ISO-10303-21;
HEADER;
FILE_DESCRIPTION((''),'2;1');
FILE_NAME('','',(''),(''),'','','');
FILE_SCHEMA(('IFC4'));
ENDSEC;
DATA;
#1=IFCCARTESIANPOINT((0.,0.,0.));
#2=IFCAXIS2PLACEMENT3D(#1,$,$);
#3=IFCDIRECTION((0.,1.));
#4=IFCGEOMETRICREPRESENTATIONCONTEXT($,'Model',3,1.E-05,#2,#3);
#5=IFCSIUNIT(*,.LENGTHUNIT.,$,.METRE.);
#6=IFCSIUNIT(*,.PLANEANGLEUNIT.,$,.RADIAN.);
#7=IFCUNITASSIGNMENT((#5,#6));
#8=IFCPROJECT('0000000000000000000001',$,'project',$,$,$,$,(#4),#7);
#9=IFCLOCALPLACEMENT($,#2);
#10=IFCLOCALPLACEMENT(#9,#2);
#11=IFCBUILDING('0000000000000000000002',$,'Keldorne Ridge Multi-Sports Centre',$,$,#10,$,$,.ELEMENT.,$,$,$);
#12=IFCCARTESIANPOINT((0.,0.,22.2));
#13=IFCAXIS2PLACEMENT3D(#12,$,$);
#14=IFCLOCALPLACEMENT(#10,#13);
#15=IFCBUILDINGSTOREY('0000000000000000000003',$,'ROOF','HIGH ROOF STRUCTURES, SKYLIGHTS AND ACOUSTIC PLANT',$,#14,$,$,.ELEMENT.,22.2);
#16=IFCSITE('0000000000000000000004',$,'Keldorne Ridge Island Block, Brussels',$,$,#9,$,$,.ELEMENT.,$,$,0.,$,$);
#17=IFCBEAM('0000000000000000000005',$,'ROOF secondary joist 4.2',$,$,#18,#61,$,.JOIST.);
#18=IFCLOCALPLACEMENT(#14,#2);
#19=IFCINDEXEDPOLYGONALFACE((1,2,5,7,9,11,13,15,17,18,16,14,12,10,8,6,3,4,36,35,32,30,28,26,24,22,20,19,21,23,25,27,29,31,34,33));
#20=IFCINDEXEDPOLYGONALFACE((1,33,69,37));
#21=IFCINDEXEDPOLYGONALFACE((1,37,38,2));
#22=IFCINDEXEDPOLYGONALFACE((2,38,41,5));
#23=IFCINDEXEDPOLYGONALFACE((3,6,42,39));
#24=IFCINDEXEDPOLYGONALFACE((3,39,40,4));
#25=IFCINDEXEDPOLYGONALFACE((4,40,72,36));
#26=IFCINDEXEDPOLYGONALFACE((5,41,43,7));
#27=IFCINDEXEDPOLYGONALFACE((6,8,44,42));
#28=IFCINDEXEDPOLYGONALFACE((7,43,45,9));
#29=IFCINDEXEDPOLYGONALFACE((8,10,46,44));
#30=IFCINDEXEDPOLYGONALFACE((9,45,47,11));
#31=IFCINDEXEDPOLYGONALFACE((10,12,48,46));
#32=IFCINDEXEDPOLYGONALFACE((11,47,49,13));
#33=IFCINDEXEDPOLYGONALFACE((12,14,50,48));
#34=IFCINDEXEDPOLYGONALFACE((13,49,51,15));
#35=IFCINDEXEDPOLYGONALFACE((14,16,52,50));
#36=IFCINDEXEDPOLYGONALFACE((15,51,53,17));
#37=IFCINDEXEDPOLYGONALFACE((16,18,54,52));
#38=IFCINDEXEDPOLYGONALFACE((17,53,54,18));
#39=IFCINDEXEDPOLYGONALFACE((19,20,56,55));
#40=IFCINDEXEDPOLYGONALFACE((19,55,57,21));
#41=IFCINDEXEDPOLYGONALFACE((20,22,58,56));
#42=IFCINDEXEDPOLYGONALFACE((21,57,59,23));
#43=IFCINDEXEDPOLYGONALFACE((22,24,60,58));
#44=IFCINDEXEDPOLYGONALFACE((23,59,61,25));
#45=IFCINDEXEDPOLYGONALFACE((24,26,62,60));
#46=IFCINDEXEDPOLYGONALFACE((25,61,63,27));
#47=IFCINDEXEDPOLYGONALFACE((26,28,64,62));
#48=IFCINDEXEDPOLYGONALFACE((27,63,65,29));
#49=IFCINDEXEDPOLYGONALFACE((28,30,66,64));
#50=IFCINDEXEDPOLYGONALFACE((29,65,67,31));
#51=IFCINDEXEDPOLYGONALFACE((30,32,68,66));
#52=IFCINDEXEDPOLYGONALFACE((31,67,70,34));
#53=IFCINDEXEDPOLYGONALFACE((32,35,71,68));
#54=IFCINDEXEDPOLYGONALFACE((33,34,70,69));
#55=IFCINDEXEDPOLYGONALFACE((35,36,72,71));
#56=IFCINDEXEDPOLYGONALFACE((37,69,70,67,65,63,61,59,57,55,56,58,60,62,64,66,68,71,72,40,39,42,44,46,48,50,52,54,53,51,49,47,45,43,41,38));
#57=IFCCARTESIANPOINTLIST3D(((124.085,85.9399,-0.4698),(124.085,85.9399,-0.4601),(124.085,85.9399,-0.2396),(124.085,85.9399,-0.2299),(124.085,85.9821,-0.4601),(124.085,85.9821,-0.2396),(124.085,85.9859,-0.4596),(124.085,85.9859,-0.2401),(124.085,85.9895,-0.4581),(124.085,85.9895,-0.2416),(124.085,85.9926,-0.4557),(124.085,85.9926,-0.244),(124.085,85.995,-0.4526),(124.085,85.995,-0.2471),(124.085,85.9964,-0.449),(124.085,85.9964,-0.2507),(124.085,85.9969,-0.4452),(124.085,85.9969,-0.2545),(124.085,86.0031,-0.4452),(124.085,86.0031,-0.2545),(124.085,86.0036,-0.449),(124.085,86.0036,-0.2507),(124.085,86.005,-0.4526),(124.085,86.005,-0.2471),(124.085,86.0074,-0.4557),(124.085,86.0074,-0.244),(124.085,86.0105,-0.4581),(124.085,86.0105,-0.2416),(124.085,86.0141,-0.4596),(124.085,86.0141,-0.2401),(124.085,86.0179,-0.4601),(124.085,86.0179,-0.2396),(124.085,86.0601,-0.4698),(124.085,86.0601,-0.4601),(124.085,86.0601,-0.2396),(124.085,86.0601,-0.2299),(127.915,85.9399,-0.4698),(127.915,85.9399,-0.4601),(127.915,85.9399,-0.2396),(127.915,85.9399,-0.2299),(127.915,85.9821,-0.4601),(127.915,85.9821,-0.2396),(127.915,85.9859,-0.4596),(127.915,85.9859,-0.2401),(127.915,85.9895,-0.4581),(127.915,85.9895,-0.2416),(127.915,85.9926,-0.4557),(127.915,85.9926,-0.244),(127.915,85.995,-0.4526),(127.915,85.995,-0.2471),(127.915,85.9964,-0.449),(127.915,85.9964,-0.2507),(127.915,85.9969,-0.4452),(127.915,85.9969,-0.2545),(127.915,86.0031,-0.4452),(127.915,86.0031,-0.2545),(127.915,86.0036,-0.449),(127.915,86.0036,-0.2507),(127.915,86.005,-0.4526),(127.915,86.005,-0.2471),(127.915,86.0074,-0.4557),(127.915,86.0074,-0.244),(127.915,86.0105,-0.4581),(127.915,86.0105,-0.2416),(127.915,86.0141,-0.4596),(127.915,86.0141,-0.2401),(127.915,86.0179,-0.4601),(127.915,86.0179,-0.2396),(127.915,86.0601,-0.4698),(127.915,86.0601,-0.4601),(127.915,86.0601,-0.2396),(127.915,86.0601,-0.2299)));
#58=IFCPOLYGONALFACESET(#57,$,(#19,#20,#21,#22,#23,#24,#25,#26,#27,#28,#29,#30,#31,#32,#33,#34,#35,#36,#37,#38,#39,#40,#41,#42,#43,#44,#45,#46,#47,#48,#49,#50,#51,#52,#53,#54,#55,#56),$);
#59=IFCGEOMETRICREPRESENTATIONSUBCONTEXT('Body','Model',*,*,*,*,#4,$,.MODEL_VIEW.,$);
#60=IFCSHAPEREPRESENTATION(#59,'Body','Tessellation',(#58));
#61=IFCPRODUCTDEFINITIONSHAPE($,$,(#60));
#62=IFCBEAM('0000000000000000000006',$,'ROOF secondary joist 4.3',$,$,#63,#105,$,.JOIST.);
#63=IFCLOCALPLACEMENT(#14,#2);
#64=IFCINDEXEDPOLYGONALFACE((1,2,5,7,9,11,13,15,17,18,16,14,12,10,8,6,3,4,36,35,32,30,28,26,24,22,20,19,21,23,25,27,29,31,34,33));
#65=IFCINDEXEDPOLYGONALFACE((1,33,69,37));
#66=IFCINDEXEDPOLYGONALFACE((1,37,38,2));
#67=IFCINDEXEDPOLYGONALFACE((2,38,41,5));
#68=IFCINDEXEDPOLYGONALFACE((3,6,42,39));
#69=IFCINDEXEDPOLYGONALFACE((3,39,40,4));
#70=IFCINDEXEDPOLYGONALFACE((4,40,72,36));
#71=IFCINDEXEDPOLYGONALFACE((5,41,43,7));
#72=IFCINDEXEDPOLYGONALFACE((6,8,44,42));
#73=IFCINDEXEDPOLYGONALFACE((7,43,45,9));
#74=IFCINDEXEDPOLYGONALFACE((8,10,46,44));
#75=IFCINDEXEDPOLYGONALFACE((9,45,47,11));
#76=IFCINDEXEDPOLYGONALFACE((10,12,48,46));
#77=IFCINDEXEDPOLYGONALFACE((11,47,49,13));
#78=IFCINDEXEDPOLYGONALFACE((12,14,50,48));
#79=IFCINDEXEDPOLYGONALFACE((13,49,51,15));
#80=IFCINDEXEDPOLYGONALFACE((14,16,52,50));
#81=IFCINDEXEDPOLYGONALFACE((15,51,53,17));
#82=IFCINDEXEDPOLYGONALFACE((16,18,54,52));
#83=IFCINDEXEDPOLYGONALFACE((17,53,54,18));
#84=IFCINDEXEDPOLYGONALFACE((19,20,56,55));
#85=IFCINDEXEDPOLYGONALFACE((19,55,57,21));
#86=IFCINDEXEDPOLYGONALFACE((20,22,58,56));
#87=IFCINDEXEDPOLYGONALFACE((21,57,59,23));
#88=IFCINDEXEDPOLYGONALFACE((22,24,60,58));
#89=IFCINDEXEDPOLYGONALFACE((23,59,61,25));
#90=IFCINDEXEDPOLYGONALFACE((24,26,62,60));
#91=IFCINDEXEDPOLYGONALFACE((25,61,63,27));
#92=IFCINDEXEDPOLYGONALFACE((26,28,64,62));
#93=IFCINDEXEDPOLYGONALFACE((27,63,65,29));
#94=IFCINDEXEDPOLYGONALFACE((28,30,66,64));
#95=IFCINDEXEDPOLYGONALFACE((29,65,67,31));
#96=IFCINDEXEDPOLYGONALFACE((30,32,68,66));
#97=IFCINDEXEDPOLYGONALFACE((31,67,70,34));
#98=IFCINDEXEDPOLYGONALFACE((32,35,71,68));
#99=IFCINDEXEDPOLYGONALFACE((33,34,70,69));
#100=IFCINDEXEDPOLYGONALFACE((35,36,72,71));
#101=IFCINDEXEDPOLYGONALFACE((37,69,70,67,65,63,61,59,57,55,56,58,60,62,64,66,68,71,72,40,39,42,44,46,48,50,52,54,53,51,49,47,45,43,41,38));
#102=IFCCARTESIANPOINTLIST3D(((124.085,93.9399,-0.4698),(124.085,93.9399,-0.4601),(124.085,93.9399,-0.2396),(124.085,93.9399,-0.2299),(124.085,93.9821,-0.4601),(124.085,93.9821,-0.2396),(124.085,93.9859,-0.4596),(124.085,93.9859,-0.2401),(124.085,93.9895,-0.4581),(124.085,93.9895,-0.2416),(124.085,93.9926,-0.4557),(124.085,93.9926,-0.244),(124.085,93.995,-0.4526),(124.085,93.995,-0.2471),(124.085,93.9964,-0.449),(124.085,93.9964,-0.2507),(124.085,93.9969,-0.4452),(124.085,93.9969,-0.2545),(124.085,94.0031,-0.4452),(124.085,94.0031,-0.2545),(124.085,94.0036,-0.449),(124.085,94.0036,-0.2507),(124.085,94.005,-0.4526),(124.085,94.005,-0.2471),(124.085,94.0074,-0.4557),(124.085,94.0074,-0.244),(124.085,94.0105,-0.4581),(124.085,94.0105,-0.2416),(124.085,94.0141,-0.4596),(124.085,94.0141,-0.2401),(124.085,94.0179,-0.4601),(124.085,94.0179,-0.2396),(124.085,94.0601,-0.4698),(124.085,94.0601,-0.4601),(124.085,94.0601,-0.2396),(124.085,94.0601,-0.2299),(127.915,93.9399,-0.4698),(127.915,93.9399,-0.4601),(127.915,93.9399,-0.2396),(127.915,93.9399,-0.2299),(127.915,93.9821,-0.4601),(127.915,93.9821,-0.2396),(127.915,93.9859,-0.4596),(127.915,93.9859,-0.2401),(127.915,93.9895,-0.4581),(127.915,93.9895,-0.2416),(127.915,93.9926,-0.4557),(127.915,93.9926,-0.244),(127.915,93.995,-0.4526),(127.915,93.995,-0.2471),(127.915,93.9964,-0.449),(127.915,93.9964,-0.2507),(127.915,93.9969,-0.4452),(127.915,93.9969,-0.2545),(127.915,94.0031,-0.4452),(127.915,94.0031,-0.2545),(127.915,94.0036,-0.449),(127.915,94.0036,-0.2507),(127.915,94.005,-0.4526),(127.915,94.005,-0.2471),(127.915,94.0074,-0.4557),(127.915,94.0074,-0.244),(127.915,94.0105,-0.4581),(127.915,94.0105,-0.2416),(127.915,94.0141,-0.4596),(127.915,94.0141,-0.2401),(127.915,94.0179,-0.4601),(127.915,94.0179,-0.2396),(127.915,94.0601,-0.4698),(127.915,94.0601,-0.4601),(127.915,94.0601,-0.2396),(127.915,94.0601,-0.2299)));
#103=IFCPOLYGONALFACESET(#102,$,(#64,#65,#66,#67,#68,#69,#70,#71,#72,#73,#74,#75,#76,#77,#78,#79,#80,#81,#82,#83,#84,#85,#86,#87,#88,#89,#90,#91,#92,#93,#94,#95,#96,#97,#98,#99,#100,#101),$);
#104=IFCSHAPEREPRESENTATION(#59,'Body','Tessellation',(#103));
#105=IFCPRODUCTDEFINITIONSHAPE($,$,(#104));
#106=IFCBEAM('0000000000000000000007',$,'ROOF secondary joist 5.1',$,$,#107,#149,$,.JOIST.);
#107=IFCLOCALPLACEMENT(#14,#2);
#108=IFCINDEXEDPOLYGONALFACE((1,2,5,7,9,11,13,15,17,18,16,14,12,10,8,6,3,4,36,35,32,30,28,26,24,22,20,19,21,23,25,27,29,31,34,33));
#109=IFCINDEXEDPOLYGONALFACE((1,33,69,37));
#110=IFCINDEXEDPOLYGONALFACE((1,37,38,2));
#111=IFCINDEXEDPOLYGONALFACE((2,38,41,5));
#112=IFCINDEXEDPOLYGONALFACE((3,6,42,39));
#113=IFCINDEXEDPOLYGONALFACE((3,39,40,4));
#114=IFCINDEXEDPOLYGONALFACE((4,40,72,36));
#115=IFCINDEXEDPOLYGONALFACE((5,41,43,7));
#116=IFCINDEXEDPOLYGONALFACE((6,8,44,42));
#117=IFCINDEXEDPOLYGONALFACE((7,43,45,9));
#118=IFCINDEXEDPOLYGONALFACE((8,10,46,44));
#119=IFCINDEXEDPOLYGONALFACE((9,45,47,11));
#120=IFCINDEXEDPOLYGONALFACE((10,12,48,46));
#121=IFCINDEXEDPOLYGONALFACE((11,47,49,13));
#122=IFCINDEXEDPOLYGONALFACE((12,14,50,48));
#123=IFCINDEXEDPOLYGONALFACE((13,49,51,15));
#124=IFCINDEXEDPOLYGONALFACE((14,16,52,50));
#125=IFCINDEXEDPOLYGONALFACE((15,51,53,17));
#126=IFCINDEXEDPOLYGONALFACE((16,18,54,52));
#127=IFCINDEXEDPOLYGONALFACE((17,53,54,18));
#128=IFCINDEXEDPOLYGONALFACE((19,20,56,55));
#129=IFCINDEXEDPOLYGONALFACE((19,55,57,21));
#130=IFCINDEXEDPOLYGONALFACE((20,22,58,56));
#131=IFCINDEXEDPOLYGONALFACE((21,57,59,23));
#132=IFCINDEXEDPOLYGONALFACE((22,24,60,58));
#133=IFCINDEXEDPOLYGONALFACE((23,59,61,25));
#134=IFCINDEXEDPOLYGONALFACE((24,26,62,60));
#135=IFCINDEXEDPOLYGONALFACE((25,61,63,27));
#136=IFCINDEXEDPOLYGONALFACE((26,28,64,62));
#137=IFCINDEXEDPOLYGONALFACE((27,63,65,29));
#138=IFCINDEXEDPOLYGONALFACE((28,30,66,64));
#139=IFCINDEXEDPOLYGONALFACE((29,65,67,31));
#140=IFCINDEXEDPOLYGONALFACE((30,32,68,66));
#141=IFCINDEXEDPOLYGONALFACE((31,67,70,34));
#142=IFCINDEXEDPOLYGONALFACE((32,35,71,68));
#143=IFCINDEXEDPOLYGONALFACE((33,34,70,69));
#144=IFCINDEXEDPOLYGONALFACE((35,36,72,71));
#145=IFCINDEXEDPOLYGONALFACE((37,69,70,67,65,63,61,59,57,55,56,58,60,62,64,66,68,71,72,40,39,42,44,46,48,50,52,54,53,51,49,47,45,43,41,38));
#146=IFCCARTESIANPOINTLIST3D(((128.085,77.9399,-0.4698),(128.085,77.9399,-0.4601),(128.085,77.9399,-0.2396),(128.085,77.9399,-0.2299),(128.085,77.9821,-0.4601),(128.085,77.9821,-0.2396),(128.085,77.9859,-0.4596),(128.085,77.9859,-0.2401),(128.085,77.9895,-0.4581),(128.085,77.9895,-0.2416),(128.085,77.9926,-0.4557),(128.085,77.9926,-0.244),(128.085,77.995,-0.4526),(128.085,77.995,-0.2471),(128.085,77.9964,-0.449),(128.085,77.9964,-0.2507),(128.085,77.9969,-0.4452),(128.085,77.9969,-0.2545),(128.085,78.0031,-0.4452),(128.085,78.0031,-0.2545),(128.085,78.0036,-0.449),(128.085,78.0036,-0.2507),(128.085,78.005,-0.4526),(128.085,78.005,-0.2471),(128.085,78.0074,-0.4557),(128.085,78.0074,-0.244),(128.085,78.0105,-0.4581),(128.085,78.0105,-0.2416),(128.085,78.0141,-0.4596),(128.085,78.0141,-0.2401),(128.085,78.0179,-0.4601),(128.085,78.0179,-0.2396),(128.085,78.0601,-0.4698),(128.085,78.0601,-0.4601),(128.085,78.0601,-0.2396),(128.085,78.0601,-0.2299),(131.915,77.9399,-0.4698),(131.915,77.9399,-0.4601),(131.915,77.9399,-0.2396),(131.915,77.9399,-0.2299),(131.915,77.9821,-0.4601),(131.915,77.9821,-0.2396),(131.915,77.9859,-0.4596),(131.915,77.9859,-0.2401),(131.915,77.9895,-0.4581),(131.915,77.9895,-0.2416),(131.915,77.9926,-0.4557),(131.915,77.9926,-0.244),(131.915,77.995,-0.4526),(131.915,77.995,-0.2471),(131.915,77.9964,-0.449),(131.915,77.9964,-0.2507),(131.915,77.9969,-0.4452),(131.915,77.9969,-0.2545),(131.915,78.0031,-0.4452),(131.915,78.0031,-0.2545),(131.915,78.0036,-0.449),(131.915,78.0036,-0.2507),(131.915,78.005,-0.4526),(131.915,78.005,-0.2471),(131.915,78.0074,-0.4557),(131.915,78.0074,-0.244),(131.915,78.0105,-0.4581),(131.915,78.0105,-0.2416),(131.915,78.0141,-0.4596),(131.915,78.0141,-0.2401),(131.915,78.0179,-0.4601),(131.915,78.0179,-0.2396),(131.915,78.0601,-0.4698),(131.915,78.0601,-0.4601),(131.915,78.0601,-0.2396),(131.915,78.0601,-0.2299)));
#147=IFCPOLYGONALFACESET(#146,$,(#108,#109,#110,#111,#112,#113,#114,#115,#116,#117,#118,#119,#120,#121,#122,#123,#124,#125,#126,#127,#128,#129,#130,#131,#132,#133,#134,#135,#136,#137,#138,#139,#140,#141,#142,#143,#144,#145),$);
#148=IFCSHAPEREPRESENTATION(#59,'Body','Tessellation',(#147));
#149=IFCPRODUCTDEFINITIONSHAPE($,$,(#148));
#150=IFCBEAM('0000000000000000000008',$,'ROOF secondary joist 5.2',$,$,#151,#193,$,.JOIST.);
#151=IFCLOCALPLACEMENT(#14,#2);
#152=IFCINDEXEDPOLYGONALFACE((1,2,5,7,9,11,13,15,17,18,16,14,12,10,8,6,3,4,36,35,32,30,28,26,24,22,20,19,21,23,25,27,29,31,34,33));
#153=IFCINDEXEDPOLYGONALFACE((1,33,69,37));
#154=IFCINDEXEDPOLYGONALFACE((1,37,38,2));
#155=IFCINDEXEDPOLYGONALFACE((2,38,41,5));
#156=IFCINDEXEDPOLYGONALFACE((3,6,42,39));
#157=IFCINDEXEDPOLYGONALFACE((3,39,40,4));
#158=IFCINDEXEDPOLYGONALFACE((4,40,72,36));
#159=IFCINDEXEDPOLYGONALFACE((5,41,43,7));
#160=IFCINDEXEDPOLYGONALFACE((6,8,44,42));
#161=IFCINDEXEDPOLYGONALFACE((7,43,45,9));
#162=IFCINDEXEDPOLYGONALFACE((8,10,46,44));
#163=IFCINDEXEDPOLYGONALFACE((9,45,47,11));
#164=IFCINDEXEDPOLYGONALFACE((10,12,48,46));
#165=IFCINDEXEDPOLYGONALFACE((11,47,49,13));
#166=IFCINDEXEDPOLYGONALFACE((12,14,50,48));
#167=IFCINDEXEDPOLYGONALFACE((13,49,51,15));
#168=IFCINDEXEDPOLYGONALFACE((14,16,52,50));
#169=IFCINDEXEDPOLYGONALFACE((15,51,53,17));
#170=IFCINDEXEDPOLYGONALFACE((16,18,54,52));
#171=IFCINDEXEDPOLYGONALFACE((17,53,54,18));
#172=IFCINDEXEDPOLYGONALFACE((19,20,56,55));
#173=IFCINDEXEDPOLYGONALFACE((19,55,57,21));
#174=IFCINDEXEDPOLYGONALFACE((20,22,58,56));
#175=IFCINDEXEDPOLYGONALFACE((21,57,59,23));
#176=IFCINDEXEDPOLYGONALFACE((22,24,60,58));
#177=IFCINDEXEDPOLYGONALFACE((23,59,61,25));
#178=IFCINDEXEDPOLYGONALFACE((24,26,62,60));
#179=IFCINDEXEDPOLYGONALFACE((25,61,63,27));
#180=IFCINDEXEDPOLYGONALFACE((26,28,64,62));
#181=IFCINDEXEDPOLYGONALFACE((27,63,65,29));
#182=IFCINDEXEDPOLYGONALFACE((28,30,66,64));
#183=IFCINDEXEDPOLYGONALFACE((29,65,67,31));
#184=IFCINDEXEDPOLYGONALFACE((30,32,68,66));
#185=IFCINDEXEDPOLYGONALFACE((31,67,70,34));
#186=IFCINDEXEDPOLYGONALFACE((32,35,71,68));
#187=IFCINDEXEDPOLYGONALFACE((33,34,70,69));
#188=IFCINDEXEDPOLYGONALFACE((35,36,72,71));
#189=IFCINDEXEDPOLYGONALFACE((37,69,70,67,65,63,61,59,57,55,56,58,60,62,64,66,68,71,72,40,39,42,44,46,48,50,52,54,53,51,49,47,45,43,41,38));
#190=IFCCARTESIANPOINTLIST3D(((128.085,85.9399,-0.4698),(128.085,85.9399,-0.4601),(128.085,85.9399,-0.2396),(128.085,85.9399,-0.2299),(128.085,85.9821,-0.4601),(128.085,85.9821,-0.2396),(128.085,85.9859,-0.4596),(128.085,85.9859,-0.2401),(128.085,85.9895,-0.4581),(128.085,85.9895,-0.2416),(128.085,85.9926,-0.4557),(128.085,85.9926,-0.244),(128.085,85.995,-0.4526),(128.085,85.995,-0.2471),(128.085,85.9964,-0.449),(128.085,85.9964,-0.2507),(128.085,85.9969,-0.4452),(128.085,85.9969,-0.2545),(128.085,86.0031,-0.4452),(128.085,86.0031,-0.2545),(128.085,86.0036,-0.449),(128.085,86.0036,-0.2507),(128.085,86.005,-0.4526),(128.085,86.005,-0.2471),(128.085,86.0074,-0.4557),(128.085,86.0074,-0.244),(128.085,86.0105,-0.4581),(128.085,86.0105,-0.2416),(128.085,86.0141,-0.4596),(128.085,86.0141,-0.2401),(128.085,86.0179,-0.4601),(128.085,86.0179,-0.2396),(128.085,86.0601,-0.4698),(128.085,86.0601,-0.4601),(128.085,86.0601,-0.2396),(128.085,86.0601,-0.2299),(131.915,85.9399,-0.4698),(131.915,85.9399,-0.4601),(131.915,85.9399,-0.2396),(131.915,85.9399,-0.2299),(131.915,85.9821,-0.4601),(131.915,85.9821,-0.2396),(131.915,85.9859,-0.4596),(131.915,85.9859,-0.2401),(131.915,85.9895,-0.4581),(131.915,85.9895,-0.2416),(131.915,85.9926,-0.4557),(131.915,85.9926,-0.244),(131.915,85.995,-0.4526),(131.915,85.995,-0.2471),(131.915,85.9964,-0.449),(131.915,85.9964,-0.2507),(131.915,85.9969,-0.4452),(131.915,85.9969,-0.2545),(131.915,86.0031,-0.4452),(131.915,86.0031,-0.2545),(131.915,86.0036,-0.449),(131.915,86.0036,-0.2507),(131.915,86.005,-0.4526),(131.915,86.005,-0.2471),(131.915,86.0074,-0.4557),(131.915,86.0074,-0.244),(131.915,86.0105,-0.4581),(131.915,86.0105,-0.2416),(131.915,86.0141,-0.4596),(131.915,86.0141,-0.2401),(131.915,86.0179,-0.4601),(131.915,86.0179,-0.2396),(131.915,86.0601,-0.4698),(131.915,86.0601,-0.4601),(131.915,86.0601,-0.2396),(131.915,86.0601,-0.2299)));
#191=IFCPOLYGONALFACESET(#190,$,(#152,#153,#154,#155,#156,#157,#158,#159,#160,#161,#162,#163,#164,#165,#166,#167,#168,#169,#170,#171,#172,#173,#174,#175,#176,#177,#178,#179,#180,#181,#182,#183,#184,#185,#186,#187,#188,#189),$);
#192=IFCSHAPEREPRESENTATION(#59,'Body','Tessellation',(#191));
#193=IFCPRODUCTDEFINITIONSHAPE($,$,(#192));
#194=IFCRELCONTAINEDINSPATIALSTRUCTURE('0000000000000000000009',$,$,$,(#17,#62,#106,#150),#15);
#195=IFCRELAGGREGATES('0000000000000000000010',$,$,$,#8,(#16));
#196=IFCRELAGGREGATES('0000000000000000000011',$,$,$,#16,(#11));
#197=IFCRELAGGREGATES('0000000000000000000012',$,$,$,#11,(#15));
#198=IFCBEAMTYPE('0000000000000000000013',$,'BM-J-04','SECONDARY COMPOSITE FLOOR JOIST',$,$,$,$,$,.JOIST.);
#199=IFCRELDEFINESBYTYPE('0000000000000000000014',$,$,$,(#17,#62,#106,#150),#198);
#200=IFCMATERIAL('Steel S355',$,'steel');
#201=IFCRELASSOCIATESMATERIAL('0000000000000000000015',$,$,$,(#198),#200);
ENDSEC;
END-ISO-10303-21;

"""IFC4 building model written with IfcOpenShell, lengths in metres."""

from ifc_helpers import new_model, si_unit, direction, frame, origin, origin_2d, place, context, subcontext, project, spatial, i_section, extrude, material, material_profile, profile_set, type_object, element, save


model = new_model("IFC4")

# Units and contexts
model_context = context("Model", 3, precision=1e-05, world=origin(), true_north=direction((0.0, 1.0)))
body_context = subcontext(model_context, "Body", "Model", "MODEL_VIEW")
ifc_project = project(units=[si_unit("LENGTHUNIT", "METRE"), si_unit("PLANEANGLEUNIT", "RADIAN")], contexts=[model_context])

# Site, building, storey
site_placement = place(None, origin())
site = spatial("IfcSite", under=ifc_project, at=site_placement, Name="Keldorne Ridge Island Block, Brussels", CompositionType="ELEMENT", RefElevation=0.0)
building_placement = place(site_placement, origin())
building = spatial("IfcBuilding", under=site, at=building_placement, Name="Keldorne Ridge Multi-Sports Centre", CompositionType="ELEMENT")
storey_placement = place(building_placement, frame((0.0, 0.0, 22.2)))
storey = spatial("IfcBuildingStorey", under=building, at=storey_placement, Name="ROOF", Description="HIGH ROOF STRUCTURES, SKYLIGHTS AND ACOUSTIC PLANT", CompositionType="ELEMENT", Elevation=22.2)

# Beams
ifc_material_1 = material(Name="Steel S355", Category="steel")
ifc_material_profile_1 = material_profile(ifc_material_1, i_section(OverallWidth=0.1201, OverallDepth=0.24, WebThickness=0.0061, FlangeThickness=0.0098, FilletRadius=0.0149, at=origin_2d()), Name="IPE 240")
ifc_profile_set_1 = profile_set([ifc_material_profile_1], Name="Steel S355")
beam_type_1 = type_object("IfcBeamType", Name="BM-J-04", Description="SECONDARY COMPOSITE FLOOR JOIST", PredefinedType="JOIST", material=ifc_profile_set_1)
for number, where, z_axis, x_axis, name in (
    (1, (124.085, 86.0, -0.3499), (1.0, 0.0, 0.0), (0.0, 1.0, 0.0), "ROOF secondary joist 4.2"),
    (2, (124.085, 94.0, -0.3499), (1.0, 0.0, 0.0), (0.0, 1.0, 0.0), "ROOF secondary joist 4.3"),
    (3, (128.085, 78.0, -0.3499), (1.0, 0.0, 0.0), (0.0, 1.0, 0.0), "ROOF secondary joist 5.1"),
    (4, (128.085, 86.0, -0.3499), (1.0, 0.0, 0.0), (0.0, 1.0, 0.0), "ROOF secondary joist 5.2"),
):
    element("IfcBeam", number, at=place(storey_placement, frame(where, z_axis=z_axis, x_axis=x_axis)), inside=storey, type_object=beam_type_1, Name=name, PredefinedType="JOIST", context=body_context, shape_type="SweptSolid", body=[
        extrude(i_section(OverallWidth=0.1201, OverallDepth=0.24, WebThickness=0.0061, FlangeThickness=0.0098, FilletRadius=0.0149, at=origin_2d()), origin(), (0.0, 0.0, 1.0), 3.8301),
    ])

save(model, "model.ifc")
